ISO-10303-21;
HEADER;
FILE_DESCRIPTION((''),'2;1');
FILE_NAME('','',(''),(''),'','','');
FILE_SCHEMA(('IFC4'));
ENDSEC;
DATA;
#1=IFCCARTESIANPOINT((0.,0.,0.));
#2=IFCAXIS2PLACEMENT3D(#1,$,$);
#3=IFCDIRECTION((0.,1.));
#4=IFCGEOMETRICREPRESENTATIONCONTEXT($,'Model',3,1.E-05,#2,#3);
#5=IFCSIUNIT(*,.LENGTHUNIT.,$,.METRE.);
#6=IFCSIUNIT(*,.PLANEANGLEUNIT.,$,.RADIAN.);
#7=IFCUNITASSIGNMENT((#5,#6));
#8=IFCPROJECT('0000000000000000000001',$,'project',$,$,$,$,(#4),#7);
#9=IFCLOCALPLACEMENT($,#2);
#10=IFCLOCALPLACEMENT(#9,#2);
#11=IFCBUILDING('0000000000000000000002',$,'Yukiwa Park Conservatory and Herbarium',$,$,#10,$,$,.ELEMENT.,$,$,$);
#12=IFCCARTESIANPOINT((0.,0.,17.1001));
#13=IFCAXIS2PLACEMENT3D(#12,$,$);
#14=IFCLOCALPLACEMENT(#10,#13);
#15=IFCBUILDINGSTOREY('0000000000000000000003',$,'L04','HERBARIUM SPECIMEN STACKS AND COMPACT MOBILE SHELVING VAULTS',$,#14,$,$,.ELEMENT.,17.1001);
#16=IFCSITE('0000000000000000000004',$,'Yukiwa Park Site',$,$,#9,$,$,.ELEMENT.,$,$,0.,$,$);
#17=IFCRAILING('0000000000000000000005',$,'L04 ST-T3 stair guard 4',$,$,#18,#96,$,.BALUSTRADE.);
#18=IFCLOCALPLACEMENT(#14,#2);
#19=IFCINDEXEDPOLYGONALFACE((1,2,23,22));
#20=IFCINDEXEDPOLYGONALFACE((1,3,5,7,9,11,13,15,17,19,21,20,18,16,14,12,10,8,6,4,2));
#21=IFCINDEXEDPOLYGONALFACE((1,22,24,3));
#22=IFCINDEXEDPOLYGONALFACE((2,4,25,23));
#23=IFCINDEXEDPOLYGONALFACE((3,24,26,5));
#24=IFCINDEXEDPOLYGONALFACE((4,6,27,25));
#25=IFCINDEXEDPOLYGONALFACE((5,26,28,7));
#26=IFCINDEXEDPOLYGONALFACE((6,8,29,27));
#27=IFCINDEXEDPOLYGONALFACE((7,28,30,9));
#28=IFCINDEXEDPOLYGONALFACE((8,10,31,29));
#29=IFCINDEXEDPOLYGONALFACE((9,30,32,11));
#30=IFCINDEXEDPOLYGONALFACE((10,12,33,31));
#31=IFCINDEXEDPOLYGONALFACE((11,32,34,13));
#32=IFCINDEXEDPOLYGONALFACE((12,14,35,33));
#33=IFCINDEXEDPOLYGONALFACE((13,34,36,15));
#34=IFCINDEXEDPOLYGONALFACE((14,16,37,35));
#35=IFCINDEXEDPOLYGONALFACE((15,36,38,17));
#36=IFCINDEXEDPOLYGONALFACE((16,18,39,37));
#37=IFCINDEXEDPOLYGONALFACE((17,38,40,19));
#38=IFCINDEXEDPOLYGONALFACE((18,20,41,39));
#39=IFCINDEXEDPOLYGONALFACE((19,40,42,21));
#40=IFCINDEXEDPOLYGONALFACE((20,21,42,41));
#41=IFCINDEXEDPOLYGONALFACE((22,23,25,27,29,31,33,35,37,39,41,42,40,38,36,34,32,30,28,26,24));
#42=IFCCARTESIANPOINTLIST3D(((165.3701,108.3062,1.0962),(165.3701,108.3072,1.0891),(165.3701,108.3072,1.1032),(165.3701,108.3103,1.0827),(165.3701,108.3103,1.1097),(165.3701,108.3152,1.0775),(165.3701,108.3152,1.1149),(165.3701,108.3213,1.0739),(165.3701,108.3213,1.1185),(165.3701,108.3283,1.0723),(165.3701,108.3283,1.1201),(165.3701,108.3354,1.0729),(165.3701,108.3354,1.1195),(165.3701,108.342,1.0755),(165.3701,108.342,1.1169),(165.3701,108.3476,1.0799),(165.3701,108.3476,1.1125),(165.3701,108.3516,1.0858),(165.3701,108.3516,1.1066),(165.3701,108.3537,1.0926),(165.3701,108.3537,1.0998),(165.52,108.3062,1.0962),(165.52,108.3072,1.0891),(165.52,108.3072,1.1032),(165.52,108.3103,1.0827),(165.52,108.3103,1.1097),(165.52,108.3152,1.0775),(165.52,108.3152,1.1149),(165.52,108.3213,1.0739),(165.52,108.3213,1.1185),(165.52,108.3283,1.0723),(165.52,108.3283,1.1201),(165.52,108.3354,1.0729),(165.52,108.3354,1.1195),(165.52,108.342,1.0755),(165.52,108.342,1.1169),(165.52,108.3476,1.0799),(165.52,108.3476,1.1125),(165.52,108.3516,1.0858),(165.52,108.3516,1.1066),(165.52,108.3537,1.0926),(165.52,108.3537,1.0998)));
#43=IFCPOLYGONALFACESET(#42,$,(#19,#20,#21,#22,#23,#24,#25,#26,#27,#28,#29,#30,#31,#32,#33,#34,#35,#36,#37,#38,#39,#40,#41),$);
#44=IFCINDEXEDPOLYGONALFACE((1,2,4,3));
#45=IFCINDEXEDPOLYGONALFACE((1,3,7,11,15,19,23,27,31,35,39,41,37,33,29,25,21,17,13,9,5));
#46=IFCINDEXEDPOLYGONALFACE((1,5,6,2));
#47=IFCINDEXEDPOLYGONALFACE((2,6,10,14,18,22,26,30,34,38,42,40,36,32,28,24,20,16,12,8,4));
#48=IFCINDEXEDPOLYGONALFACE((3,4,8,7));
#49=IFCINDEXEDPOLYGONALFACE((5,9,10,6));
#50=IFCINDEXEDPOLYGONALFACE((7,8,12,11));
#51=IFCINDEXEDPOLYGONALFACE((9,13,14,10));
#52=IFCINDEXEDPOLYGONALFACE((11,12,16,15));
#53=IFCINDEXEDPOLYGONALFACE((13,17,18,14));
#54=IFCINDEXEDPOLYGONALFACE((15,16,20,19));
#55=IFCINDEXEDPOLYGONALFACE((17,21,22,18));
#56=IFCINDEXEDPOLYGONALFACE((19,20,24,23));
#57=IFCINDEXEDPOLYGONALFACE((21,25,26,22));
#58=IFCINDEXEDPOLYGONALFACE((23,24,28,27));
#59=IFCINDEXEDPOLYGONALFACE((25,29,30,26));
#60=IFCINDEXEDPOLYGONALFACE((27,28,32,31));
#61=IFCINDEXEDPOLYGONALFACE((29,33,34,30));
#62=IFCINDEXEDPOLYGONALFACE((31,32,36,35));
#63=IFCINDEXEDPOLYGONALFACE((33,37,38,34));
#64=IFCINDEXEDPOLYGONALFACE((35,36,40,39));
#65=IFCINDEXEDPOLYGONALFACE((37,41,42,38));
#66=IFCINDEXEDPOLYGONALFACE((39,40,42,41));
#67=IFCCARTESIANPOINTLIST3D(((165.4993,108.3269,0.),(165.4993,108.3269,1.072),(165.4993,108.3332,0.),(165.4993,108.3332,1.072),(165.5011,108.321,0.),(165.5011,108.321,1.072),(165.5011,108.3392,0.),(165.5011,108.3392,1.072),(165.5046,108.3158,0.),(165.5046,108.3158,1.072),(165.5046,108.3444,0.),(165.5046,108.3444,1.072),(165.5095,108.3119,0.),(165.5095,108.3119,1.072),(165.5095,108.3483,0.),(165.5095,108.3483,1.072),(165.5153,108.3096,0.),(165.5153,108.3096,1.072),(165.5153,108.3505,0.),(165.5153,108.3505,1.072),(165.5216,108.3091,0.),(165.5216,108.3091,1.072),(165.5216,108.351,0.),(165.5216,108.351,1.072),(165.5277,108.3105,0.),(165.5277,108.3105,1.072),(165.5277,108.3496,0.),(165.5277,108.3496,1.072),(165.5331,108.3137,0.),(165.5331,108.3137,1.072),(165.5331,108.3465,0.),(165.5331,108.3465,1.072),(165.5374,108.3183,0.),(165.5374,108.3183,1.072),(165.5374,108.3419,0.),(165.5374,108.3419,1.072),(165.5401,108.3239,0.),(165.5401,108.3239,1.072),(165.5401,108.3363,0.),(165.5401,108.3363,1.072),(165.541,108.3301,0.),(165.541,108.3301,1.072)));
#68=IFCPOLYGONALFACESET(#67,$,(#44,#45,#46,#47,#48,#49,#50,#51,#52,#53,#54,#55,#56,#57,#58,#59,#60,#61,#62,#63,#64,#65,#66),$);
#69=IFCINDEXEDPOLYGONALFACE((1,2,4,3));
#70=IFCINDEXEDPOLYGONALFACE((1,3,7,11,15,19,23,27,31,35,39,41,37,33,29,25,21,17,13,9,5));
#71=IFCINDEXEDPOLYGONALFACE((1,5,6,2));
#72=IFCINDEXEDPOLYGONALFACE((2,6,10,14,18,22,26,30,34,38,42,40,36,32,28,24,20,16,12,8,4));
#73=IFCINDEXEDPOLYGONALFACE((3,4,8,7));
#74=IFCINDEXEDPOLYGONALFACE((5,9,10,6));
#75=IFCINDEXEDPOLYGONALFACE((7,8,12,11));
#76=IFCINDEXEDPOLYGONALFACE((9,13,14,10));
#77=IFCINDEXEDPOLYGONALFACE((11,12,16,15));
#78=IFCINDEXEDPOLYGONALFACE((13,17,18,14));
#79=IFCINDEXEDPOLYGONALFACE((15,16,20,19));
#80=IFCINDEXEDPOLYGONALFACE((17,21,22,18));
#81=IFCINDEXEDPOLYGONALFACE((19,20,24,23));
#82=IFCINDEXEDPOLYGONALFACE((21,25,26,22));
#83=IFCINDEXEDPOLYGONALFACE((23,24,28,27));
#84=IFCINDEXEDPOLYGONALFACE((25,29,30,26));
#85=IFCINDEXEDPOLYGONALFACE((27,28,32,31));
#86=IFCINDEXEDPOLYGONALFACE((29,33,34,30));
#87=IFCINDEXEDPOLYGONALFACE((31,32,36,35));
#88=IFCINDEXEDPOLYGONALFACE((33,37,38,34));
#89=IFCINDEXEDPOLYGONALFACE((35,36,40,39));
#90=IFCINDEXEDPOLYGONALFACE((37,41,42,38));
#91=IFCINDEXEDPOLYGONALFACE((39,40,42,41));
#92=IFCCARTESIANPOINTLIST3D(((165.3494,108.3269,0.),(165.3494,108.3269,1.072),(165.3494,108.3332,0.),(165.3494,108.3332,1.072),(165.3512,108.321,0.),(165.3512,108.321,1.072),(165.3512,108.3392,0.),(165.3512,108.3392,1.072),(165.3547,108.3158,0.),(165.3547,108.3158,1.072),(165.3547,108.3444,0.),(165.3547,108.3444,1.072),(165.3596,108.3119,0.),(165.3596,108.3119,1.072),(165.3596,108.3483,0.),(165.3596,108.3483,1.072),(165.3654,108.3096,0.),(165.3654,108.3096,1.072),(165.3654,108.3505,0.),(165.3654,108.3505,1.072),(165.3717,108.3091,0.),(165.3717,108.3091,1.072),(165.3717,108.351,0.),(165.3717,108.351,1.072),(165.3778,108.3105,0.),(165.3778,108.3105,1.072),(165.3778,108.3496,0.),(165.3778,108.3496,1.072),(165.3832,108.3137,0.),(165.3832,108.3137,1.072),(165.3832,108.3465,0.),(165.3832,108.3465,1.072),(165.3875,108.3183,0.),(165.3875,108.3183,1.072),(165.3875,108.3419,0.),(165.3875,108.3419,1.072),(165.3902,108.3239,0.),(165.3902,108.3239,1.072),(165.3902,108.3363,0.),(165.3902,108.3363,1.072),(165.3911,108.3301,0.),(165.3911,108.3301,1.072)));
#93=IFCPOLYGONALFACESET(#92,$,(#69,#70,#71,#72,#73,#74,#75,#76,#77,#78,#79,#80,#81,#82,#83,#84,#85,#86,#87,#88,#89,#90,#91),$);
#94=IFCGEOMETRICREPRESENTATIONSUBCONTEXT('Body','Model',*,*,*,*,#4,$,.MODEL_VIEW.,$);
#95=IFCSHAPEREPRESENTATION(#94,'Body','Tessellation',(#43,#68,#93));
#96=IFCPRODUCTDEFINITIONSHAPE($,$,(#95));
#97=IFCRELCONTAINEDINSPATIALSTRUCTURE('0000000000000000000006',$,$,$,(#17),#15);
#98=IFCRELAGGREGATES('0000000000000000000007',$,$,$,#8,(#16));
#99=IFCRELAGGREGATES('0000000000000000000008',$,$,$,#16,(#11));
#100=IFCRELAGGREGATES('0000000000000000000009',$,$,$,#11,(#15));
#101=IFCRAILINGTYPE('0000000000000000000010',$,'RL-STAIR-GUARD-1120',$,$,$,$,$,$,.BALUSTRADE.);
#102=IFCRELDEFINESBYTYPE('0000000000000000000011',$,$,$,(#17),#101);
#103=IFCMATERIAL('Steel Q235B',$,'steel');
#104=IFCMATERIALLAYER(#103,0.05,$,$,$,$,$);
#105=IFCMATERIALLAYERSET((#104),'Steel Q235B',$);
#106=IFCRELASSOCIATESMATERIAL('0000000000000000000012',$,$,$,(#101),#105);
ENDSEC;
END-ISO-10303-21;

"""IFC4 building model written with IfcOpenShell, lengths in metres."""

from ifc_helpers import new_model, si_unit, direction, frame, origin, origin_2d, place, context, subcontext, project, spatial, circle, extrude, material, layer, layer_set, type_object, element, save


model = new_model("IFC4")

# Units and contexts
model_context = context("Model", 3, precision=1e-05, world=origin(), true_north=direction((0.0, 1.0)))
body_context = subcontext(model_context, "Body", "Model", "MODEL_VIEW")
ifc_project = project(units=[si_unit("LENGTHUNIT", "METRE"), si_unit("PLANEANGLEUNIT", "RADIAN")], contexts=[model_context])

# Site, building, storey
site_placement = place(None, origin())
site = spatial("IfcSite", under=ifc_project, at=site_placement, Name="Yukiwa Park Site", CompositionType="ELEMENT", RefElevation=0.0)
building_placement = place(site_placement, origin())
building = spatial("IfcBuilding", under=site, at=building_placement, Name="Yukiwa Park Conservatory and Herbarium", CompositionType="ELEMENT")
storey_placement = place(building_placement, frame((0.0, 0.0, 17.1001)))
storey = spatial("IfcBuildingStorey", under=building, at=storey_placement, Name="L04", Description="HERBARIUM SPECIMEN STACKS AND COMPACT MOBILE SHELVING VAULTS", CompositionType="ELEMENT", Elevation=17.1001)

# Railing
ifc_material_1 = material(Name="Steel Q235B", Category="steel")
ifc_layer_1 = layer(ifc_material_1, 0.05)
ifc_layer_set_1 = layer_set([ifc_layer_1], Name="Steel Q235B")
railing_type_1 = type_object("IfcRailingType", Name="RL-STAIR-GUARD-1120", PredefinedType="BALUSTRADE", material=ifc_layer_set_1)
railing_1_placement = place(storey_placement, frame((165.52, 108.3301, 0.0)))
element("IfcRailing", 1, at=railing_1_placement, inside=storey, type_object=railing_type_1, Name="L04 ST-T3 stair guard 4", PredefinedType="BALUSTRADE", context=body_context, shape_type="SweptSolid", body=[
    extrude(circle(Radius=0.0239, at=origin_2d()), frame((0.0, 0.0, 1.0962), z_axis=(-1.0, 0.0, 0.0), x_axis=(0.0, -1.0, 0.0)), (0.0, 0.0, 1.0), 0.1499),
    extrude(circle(Radius=0.021, at=origin_2d()), origin(), (0.0, 0.0, 1.0), 1.072),
    extrude(circle(Radius=0.021, at=origin_2d()), frame((-0.1499, 0.0, 0.0)), (0.0, 0.0, 1.0), 1.072),
])

save(model, "model.ifc")
